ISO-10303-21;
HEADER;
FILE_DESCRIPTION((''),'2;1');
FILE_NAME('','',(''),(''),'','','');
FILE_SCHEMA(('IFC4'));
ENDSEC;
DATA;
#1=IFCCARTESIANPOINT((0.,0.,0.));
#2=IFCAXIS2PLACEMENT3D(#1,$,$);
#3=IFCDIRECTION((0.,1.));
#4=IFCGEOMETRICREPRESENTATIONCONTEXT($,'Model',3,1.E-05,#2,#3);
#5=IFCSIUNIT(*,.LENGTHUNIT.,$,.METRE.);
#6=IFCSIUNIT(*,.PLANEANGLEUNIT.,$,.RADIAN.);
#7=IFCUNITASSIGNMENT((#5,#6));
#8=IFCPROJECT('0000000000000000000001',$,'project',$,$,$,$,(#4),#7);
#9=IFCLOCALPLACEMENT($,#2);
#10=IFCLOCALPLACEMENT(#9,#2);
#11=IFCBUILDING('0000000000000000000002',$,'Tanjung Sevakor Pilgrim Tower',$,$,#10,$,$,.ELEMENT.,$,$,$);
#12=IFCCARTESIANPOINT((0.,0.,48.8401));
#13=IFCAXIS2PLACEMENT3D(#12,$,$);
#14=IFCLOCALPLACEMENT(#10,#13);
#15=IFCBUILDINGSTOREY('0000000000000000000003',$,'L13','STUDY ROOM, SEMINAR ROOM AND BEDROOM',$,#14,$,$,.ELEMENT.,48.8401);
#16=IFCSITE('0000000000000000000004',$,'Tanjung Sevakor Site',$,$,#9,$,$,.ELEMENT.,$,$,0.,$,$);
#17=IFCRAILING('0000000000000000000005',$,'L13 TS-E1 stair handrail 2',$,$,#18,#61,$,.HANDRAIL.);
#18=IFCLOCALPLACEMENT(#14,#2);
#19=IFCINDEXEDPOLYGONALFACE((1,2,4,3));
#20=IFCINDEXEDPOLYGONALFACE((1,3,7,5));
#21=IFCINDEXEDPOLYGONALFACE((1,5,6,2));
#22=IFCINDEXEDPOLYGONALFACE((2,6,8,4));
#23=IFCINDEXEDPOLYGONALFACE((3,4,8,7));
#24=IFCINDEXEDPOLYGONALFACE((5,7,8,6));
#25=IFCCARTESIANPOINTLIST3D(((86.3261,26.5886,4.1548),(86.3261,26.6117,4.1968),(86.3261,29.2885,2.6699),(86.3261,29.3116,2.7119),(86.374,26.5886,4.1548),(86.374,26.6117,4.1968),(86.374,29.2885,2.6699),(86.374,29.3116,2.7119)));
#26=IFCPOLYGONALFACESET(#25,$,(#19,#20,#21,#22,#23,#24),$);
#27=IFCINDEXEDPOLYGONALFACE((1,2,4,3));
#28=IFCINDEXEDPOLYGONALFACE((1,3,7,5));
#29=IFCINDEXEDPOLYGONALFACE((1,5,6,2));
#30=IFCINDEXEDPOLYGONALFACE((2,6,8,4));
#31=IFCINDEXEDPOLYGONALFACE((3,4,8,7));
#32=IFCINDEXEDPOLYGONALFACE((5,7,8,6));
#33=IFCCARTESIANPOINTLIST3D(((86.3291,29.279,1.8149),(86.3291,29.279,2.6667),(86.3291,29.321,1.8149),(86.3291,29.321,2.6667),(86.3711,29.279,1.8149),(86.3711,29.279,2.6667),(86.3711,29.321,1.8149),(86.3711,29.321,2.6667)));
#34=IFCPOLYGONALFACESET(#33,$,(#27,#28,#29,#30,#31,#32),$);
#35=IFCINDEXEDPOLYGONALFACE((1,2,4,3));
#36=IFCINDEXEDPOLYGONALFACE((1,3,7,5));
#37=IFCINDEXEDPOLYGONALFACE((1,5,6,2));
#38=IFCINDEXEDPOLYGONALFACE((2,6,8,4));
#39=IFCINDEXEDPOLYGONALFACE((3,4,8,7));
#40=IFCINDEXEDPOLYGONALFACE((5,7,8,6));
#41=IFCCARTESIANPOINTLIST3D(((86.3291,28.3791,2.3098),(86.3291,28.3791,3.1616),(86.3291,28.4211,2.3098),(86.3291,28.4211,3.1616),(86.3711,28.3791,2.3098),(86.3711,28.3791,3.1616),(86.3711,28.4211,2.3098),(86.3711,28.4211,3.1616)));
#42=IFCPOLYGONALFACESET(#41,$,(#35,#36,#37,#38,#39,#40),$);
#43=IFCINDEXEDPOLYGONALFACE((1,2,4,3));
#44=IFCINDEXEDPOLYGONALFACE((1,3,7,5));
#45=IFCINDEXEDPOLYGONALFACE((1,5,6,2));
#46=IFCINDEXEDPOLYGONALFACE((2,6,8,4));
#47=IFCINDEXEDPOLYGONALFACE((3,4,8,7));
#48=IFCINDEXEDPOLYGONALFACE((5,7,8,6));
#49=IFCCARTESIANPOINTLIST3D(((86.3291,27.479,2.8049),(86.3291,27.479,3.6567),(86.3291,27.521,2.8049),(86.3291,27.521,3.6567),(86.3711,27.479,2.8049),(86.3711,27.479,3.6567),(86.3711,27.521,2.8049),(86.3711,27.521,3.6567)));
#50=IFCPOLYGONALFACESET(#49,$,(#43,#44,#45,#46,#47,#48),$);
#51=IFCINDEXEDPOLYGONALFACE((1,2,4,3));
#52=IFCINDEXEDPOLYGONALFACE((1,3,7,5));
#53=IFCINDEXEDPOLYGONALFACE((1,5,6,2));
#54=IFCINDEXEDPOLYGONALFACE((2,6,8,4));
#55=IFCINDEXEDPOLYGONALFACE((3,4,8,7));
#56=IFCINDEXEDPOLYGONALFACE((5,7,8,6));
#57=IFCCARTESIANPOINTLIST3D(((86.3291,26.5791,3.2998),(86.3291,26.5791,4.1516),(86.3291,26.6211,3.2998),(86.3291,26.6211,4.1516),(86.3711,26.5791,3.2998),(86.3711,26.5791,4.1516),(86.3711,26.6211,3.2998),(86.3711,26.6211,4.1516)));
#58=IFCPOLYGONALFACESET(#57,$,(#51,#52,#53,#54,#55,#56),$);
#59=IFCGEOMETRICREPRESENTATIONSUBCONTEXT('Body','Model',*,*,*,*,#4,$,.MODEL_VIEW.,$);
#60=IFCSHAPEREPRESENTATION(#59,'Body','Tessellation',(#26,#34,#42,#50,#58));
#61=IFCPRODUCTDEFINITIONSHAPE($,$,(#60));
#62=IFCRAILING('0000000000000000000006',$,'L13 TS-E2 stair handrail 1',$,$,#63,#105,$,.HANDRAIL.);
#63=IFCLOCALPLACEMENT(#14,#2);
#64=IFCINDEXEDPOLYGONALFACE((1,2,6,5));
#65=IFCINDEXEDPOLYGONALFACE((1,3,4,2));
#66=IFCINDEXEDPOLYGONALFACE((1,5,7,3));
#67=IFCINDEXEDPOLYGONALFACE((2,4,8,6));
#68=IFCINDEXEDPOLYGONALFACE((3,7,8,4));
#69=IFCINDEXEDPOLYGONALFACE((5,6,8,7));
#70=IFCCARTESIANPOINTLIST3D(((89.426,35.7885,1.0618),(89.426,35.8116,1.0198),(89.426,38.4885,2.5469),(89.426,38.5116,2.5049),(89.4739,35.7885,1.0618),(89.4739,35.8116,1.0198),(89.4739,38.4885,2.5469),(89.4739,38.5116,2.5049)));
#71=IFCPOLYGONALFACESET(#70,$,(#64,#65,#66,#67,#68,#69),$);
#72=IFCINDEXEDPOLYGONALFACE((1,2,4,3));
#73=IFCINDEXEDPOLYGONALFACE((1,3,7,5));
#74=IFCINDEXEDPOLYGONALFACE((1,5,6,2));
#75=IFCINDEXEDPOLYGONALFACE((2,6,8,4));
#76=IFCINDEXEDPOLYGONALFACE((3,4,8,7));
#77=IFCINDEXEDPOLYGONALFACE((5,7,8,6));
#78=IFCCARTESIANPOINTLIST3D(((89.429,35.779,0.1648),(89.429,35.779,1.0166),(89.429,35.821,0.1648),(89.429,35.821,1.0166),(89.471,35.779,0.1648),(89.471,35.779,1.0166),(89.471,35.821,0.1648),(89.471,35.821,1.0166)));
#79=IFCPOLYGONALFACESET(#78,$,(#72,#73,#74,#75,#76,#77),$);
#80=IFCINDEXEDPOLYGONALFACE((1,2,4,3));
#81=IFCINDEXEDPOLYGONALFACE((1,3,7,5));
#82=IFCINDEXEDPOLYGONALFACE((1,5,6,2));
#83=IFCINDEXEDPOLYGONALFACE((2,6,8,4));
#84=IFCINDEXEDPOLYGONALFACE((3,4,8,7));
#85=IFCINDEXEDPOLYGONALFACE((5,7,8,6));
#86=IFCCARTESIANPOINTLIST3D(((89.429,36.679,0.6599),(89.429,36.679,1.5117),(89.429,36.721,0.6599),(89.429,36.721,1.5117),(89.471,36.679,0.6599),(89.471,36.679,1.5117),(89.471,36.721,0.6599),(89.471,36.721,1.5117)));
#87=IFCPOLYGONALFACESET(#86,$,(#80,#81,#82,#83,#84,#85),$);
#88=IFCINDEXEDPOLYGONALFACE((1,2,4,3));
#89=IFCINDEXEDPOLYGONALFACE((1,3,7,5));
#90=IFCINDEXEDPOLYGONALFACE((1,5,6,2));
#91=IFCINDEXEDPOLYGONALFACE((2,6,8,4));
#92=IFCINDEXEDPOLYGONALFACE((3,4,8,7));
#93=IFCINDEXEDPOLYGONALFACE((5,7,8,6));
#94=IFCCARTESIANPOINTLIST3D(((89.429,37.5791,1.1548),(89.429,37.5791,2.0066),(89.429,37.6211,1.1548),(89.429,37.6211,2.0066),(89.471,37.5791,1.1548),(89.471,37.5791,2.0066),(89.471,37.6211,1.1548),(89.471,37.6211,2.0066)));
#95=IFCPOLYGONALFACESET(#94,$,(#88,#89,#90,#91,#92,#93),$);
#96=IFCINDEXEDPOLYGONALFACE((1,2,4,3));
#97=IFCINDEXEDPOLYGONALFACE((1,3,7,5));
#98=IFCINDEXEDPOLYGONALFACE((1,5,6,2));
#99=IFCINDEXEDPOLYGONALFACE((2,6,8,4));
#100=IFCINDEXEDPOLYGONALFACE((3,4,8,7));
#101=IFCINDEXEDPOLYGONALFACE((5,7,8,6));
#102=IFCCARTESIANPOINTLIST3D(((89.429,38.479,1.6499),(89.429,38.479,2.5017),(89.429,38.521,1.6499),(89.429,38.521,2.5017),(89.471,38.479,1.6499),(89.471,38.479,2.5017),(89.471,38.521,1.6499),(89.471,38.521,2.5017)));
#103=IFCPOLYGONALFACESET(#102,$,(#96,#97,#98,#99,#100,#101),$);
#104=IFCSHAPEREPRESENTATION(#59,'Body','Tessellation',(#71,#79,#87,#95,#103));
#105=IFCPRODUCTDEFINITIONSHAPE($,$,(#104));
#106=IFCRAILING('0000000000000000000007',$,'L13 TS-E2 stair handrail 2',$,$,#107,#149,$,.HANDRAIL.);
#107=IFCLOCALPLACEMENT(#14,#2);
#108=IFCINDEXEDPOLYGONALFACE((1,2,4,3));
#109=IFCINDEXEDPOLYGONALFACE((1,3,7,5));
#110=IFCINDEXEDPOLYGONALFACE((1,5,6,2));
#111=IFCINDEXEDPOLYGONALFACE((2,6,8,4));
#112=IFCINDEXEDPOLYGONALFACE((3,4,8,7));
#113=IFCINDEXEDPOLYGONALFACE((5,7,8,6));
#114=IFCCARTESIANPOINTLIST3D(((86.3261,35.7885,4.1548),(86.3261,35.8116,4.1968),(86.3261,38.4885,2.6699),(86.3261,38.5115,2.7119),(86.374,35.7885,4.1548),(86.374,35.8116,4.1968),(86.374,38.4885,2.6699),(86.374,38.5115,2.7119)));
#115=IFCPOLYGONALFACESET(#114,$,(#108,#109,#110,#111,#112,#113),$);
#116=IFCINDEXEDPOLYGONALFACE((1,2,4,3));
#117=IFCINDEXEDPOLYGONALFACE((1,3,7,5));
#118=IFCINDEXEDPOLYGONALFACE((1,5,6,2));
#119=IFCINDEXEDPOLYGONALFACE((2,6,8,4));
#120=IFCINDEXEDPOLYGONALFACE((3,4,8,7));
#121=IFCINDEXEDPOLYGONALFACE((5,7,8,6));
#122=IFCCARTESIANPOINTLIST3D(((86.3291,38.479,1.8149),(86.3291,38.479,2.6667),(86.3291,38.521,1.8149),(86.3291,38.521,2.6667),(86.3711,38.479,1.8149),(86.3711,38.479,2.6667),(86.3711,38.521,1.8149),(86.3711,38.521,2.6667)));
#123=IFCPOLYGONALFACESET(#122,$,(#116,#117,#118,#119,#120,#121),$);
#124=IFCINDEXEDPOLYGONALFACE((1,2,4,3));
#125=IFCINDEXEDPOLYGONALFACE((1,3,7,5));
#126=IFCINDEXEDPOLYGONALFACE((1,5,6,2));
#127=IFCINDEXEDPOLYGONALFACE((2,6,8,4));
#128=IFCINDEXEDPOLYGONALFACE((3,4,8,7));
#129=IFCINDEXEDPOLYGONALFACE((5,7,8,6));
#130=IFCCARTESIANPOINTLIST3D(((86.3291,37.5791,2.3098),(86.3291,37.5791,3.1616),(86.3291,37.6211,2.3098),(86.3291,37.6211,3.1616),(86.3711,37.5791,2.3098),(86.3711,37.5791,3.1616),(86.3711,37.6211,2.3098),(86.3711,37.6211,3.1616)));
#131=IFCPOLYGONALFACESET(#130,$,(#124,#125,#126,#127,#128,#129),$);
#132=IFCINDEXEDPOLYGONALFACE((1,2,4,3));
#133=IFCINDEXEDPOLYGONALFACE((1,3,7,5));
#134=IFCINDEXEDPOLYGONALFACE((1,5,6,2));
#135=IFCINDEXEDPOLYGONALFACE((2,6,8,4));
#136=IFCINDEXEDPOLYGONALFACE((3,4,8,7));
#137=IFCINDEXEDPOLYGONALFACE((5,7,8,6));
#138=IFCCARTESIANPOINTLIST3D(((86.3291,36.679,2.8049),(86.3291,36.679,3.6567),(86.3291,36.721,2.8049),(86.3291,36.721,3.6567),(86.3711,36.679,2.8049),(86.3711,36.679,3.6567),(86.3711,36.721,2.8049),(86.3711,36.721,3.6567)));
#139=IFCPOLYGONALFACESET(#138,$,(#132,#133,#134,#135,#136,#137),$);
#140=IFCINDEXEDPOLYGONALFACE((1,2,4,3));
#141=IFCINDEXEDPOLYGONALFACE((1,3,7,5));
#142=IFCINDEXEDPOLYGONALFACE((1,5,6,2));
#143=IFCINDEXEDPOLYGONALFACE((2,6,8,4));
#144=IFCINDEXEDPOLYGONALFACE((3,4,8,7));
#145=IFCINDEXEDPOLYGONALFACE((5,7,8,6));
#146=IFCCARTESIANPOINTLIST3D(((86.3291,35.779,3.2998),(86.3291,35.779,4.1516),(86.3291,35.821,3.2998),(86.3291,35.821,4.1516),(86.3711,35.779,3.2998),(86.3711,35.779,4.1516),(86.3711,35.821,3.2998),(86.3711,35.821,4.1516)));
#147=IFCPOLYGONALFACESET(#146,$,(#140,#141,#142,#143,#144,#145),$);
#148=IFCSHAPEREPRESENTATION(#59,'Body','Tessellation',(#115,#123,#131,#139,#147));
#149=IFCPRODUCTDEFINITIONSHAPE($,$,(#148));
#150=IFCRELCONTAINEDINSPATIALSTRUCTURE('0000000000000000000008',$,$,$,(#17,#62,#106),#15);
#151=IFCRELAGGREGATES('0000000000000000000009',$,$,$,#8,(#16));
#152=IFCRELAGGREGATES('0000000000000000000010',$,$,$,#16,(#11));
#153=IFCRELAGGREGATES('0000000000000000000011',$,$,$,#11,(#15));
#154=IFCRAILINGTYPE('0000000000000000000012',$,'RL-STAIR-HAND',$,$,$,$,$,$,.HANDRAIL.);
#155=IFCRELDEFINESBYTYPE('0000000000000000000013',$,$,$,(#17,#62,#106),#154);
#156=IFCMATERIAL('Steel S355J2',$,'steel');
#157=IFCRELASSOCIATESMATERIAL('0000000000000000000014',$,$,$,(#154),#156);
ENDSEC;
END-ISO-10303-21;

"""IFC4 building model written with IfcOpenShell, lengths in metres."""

from ifc_helpers import new_model, si_unit, direction, frame, origin, place, context, subcontext, project, spatial, rectangle, extrude, material, type_object, element, save


model = new_model("IFC4")

# Units and contexts
model_context = context("Model", 3, precision=1e-05, world=origin(), true_north=direction((0.0, 1.0)))
body_context = subcontext(model_context, "Body", "Model", "MODEL_VIEW")
ifc_project = project(units=[si_unit("LENGTHUNIT", "METRE"), si_unit("PLANEANGLEUNIT", "RADIAN")], contexts=[model_context])

# Site, building, storey
site_placement = place(None, origin())
site = spatial("IfcSite", under=ifc_project, at=site_placement, Name="Tanjung Sevakor Site", CompositionType="ELEMENT", RefElevation=0.0)
building_placement = place(site_placement, origin())
building = spatial("IfcBuilding", under=site, at=building_placement, Name="Tanjung Sevakor Pilgrim Tower", CompositionType="ELEMENT")
storey_placement = place(building_placement, frame((0.0, 0.0, 48.8401)))
storey = spatial("IfcBuildingStorey", under=building, at=storey_placement, Name="L13", Description="STUDY ROOM, SEMINAR ROOM AND BEDROOM", CompositionType="ELEMENT", Elevation=48.8401)

# Railings
ifc_material_1 = material(Name="Steel S355J2", Category="steel")
railing_type_1 = type_object("IfcRailingType", Name="RL-STAIR-HAND", PredefinedType="HANDRAIL", material=ifc_material_1)
railing_1_placement = place(storey_placement, frame((86.3501, 29.3, 1.8149)))
element("IfcRailing", 1, at=railing_1_placement, inside=storey, type_object=railing_type_1, Name="L13 TS-E1 stair handrail 2", PredefinedType="HANDRAIL", context=body_context, shape_type="SweptSolid", body=[
    extrude(rectangle(XDim=0.0479, YDim=0.0479), frame((0.0, 0.0, 0.876), z_axis=(0.0, -0.876231, 0.481891), x_axis=(1.0, 0.0, 0.0)), (0.0, 0.0, 1.0), 3.0813),
    extrude(rectangle(XDim=0.042, YDim=0.042), origin(), (0.0, 0.0, 1.0), 0.8518),
    extrude(rectangle(XDim=0.042, YDim=0.042), frame((0.0, -0.8999, 0.4949)), (0.0, 0.0, 1.0), 0.8518),
    extrude(rectangle(XDim=0.042, YDim=0.042), frame((0.0, -1.8, 0.99)), (0.0, 0.0, 1.0), 0.8518),
    extrude(rectangle(XDim=0.042, YDim=0.042), frame((0.0, -2.7, 1.4849)), (0.0, 0.0, 1.0), 0.8518),
])
railing_2_placement = place(storey_placement, frame((89.45, 35.8, 0.1648)))
element("IfcRailing", 2, at=railing_2_placement, inside=storey, type_object=railing_type_1, Name="L13 TS-E2 stair handrail 1", PredefinedType="HANDRAIL", context=body_context, shape_type="SweptSolid", body=[
    extrude(rectangle(XDim=0.0479, YDim=0.0479), frame((0.0, 0.0, 0.876), z_axis=(0.0, 0.876198, 0.481952), x_axis=(-1.0, 0.0, 0.0)), (0.0, 0.0, 1.0), 3.0815),
    extrude(rectangle(XDim=0.042, YDim=0.042), origin(), (0.0, 0.0, 1.0), 0.8518),
    extrude(rectangle(XDim=0.042, YDim=0.042), frame((0.0, 0.8999, 0.4951)), (0.0, 0.0, 1.0), 0.8518),
    extrude(rectangle(XDim=0.042, YDim=0.042), frame((0.0, 1.8, 0.99)), (0.0, 0.0, 1.0), 0.8518),
    extrude(rectangle(XDim=0.042, YDim=0.042), frame((0.0, 2.7, 1.4851)), (0.0, 0.0, 1.0), 0.8518),
])
railing_3_placement = place(storey_placement, frame((86.3501, 38.5, 1.8149)))
element("IfcRailing", 3, at=railing_3_placement, inside=storey, type_object=railing_type_1, Name="L13 TS-E2 stair handrail 2", PredefinedType="HANDRAIL", context=body_context, shape_type="SweptSolid", body=[
    extrude(rectangle(XDim=0.0479, YDim=0.0479), frame((0.0, 0.0, 0.876), z_axis=(0.0, -0.876231, 0.481891), x_axis=(1.0, 0.0, 0.0)), (0.0, 0.0, 1.0), 3.0813),
    extrude(rectangle(XDim=0.042, YDim=0.042), origin(), (0.0, 0.0, 1.0), 0.8518),
    extrude(rectangle(XDim=0.042, YDim=0.042), frame((0.0, -0.8999, 0.4949)), (0.0, 0.0, 1.0), 0.8518),
    extrude(rectangle(XDim=0.042, YDim=0.042), frame((0.0, -1.8, 0.99)), (0.0, 0.0, 1.0), 0.8518),
    extrude(rectangle(XDim=0.042, YDim=0.042), frame((0.0, -2.7, 1.4849)), (0.0, 0.0, 1.0), 0.8518),
])

save(model, "model.ifc")
